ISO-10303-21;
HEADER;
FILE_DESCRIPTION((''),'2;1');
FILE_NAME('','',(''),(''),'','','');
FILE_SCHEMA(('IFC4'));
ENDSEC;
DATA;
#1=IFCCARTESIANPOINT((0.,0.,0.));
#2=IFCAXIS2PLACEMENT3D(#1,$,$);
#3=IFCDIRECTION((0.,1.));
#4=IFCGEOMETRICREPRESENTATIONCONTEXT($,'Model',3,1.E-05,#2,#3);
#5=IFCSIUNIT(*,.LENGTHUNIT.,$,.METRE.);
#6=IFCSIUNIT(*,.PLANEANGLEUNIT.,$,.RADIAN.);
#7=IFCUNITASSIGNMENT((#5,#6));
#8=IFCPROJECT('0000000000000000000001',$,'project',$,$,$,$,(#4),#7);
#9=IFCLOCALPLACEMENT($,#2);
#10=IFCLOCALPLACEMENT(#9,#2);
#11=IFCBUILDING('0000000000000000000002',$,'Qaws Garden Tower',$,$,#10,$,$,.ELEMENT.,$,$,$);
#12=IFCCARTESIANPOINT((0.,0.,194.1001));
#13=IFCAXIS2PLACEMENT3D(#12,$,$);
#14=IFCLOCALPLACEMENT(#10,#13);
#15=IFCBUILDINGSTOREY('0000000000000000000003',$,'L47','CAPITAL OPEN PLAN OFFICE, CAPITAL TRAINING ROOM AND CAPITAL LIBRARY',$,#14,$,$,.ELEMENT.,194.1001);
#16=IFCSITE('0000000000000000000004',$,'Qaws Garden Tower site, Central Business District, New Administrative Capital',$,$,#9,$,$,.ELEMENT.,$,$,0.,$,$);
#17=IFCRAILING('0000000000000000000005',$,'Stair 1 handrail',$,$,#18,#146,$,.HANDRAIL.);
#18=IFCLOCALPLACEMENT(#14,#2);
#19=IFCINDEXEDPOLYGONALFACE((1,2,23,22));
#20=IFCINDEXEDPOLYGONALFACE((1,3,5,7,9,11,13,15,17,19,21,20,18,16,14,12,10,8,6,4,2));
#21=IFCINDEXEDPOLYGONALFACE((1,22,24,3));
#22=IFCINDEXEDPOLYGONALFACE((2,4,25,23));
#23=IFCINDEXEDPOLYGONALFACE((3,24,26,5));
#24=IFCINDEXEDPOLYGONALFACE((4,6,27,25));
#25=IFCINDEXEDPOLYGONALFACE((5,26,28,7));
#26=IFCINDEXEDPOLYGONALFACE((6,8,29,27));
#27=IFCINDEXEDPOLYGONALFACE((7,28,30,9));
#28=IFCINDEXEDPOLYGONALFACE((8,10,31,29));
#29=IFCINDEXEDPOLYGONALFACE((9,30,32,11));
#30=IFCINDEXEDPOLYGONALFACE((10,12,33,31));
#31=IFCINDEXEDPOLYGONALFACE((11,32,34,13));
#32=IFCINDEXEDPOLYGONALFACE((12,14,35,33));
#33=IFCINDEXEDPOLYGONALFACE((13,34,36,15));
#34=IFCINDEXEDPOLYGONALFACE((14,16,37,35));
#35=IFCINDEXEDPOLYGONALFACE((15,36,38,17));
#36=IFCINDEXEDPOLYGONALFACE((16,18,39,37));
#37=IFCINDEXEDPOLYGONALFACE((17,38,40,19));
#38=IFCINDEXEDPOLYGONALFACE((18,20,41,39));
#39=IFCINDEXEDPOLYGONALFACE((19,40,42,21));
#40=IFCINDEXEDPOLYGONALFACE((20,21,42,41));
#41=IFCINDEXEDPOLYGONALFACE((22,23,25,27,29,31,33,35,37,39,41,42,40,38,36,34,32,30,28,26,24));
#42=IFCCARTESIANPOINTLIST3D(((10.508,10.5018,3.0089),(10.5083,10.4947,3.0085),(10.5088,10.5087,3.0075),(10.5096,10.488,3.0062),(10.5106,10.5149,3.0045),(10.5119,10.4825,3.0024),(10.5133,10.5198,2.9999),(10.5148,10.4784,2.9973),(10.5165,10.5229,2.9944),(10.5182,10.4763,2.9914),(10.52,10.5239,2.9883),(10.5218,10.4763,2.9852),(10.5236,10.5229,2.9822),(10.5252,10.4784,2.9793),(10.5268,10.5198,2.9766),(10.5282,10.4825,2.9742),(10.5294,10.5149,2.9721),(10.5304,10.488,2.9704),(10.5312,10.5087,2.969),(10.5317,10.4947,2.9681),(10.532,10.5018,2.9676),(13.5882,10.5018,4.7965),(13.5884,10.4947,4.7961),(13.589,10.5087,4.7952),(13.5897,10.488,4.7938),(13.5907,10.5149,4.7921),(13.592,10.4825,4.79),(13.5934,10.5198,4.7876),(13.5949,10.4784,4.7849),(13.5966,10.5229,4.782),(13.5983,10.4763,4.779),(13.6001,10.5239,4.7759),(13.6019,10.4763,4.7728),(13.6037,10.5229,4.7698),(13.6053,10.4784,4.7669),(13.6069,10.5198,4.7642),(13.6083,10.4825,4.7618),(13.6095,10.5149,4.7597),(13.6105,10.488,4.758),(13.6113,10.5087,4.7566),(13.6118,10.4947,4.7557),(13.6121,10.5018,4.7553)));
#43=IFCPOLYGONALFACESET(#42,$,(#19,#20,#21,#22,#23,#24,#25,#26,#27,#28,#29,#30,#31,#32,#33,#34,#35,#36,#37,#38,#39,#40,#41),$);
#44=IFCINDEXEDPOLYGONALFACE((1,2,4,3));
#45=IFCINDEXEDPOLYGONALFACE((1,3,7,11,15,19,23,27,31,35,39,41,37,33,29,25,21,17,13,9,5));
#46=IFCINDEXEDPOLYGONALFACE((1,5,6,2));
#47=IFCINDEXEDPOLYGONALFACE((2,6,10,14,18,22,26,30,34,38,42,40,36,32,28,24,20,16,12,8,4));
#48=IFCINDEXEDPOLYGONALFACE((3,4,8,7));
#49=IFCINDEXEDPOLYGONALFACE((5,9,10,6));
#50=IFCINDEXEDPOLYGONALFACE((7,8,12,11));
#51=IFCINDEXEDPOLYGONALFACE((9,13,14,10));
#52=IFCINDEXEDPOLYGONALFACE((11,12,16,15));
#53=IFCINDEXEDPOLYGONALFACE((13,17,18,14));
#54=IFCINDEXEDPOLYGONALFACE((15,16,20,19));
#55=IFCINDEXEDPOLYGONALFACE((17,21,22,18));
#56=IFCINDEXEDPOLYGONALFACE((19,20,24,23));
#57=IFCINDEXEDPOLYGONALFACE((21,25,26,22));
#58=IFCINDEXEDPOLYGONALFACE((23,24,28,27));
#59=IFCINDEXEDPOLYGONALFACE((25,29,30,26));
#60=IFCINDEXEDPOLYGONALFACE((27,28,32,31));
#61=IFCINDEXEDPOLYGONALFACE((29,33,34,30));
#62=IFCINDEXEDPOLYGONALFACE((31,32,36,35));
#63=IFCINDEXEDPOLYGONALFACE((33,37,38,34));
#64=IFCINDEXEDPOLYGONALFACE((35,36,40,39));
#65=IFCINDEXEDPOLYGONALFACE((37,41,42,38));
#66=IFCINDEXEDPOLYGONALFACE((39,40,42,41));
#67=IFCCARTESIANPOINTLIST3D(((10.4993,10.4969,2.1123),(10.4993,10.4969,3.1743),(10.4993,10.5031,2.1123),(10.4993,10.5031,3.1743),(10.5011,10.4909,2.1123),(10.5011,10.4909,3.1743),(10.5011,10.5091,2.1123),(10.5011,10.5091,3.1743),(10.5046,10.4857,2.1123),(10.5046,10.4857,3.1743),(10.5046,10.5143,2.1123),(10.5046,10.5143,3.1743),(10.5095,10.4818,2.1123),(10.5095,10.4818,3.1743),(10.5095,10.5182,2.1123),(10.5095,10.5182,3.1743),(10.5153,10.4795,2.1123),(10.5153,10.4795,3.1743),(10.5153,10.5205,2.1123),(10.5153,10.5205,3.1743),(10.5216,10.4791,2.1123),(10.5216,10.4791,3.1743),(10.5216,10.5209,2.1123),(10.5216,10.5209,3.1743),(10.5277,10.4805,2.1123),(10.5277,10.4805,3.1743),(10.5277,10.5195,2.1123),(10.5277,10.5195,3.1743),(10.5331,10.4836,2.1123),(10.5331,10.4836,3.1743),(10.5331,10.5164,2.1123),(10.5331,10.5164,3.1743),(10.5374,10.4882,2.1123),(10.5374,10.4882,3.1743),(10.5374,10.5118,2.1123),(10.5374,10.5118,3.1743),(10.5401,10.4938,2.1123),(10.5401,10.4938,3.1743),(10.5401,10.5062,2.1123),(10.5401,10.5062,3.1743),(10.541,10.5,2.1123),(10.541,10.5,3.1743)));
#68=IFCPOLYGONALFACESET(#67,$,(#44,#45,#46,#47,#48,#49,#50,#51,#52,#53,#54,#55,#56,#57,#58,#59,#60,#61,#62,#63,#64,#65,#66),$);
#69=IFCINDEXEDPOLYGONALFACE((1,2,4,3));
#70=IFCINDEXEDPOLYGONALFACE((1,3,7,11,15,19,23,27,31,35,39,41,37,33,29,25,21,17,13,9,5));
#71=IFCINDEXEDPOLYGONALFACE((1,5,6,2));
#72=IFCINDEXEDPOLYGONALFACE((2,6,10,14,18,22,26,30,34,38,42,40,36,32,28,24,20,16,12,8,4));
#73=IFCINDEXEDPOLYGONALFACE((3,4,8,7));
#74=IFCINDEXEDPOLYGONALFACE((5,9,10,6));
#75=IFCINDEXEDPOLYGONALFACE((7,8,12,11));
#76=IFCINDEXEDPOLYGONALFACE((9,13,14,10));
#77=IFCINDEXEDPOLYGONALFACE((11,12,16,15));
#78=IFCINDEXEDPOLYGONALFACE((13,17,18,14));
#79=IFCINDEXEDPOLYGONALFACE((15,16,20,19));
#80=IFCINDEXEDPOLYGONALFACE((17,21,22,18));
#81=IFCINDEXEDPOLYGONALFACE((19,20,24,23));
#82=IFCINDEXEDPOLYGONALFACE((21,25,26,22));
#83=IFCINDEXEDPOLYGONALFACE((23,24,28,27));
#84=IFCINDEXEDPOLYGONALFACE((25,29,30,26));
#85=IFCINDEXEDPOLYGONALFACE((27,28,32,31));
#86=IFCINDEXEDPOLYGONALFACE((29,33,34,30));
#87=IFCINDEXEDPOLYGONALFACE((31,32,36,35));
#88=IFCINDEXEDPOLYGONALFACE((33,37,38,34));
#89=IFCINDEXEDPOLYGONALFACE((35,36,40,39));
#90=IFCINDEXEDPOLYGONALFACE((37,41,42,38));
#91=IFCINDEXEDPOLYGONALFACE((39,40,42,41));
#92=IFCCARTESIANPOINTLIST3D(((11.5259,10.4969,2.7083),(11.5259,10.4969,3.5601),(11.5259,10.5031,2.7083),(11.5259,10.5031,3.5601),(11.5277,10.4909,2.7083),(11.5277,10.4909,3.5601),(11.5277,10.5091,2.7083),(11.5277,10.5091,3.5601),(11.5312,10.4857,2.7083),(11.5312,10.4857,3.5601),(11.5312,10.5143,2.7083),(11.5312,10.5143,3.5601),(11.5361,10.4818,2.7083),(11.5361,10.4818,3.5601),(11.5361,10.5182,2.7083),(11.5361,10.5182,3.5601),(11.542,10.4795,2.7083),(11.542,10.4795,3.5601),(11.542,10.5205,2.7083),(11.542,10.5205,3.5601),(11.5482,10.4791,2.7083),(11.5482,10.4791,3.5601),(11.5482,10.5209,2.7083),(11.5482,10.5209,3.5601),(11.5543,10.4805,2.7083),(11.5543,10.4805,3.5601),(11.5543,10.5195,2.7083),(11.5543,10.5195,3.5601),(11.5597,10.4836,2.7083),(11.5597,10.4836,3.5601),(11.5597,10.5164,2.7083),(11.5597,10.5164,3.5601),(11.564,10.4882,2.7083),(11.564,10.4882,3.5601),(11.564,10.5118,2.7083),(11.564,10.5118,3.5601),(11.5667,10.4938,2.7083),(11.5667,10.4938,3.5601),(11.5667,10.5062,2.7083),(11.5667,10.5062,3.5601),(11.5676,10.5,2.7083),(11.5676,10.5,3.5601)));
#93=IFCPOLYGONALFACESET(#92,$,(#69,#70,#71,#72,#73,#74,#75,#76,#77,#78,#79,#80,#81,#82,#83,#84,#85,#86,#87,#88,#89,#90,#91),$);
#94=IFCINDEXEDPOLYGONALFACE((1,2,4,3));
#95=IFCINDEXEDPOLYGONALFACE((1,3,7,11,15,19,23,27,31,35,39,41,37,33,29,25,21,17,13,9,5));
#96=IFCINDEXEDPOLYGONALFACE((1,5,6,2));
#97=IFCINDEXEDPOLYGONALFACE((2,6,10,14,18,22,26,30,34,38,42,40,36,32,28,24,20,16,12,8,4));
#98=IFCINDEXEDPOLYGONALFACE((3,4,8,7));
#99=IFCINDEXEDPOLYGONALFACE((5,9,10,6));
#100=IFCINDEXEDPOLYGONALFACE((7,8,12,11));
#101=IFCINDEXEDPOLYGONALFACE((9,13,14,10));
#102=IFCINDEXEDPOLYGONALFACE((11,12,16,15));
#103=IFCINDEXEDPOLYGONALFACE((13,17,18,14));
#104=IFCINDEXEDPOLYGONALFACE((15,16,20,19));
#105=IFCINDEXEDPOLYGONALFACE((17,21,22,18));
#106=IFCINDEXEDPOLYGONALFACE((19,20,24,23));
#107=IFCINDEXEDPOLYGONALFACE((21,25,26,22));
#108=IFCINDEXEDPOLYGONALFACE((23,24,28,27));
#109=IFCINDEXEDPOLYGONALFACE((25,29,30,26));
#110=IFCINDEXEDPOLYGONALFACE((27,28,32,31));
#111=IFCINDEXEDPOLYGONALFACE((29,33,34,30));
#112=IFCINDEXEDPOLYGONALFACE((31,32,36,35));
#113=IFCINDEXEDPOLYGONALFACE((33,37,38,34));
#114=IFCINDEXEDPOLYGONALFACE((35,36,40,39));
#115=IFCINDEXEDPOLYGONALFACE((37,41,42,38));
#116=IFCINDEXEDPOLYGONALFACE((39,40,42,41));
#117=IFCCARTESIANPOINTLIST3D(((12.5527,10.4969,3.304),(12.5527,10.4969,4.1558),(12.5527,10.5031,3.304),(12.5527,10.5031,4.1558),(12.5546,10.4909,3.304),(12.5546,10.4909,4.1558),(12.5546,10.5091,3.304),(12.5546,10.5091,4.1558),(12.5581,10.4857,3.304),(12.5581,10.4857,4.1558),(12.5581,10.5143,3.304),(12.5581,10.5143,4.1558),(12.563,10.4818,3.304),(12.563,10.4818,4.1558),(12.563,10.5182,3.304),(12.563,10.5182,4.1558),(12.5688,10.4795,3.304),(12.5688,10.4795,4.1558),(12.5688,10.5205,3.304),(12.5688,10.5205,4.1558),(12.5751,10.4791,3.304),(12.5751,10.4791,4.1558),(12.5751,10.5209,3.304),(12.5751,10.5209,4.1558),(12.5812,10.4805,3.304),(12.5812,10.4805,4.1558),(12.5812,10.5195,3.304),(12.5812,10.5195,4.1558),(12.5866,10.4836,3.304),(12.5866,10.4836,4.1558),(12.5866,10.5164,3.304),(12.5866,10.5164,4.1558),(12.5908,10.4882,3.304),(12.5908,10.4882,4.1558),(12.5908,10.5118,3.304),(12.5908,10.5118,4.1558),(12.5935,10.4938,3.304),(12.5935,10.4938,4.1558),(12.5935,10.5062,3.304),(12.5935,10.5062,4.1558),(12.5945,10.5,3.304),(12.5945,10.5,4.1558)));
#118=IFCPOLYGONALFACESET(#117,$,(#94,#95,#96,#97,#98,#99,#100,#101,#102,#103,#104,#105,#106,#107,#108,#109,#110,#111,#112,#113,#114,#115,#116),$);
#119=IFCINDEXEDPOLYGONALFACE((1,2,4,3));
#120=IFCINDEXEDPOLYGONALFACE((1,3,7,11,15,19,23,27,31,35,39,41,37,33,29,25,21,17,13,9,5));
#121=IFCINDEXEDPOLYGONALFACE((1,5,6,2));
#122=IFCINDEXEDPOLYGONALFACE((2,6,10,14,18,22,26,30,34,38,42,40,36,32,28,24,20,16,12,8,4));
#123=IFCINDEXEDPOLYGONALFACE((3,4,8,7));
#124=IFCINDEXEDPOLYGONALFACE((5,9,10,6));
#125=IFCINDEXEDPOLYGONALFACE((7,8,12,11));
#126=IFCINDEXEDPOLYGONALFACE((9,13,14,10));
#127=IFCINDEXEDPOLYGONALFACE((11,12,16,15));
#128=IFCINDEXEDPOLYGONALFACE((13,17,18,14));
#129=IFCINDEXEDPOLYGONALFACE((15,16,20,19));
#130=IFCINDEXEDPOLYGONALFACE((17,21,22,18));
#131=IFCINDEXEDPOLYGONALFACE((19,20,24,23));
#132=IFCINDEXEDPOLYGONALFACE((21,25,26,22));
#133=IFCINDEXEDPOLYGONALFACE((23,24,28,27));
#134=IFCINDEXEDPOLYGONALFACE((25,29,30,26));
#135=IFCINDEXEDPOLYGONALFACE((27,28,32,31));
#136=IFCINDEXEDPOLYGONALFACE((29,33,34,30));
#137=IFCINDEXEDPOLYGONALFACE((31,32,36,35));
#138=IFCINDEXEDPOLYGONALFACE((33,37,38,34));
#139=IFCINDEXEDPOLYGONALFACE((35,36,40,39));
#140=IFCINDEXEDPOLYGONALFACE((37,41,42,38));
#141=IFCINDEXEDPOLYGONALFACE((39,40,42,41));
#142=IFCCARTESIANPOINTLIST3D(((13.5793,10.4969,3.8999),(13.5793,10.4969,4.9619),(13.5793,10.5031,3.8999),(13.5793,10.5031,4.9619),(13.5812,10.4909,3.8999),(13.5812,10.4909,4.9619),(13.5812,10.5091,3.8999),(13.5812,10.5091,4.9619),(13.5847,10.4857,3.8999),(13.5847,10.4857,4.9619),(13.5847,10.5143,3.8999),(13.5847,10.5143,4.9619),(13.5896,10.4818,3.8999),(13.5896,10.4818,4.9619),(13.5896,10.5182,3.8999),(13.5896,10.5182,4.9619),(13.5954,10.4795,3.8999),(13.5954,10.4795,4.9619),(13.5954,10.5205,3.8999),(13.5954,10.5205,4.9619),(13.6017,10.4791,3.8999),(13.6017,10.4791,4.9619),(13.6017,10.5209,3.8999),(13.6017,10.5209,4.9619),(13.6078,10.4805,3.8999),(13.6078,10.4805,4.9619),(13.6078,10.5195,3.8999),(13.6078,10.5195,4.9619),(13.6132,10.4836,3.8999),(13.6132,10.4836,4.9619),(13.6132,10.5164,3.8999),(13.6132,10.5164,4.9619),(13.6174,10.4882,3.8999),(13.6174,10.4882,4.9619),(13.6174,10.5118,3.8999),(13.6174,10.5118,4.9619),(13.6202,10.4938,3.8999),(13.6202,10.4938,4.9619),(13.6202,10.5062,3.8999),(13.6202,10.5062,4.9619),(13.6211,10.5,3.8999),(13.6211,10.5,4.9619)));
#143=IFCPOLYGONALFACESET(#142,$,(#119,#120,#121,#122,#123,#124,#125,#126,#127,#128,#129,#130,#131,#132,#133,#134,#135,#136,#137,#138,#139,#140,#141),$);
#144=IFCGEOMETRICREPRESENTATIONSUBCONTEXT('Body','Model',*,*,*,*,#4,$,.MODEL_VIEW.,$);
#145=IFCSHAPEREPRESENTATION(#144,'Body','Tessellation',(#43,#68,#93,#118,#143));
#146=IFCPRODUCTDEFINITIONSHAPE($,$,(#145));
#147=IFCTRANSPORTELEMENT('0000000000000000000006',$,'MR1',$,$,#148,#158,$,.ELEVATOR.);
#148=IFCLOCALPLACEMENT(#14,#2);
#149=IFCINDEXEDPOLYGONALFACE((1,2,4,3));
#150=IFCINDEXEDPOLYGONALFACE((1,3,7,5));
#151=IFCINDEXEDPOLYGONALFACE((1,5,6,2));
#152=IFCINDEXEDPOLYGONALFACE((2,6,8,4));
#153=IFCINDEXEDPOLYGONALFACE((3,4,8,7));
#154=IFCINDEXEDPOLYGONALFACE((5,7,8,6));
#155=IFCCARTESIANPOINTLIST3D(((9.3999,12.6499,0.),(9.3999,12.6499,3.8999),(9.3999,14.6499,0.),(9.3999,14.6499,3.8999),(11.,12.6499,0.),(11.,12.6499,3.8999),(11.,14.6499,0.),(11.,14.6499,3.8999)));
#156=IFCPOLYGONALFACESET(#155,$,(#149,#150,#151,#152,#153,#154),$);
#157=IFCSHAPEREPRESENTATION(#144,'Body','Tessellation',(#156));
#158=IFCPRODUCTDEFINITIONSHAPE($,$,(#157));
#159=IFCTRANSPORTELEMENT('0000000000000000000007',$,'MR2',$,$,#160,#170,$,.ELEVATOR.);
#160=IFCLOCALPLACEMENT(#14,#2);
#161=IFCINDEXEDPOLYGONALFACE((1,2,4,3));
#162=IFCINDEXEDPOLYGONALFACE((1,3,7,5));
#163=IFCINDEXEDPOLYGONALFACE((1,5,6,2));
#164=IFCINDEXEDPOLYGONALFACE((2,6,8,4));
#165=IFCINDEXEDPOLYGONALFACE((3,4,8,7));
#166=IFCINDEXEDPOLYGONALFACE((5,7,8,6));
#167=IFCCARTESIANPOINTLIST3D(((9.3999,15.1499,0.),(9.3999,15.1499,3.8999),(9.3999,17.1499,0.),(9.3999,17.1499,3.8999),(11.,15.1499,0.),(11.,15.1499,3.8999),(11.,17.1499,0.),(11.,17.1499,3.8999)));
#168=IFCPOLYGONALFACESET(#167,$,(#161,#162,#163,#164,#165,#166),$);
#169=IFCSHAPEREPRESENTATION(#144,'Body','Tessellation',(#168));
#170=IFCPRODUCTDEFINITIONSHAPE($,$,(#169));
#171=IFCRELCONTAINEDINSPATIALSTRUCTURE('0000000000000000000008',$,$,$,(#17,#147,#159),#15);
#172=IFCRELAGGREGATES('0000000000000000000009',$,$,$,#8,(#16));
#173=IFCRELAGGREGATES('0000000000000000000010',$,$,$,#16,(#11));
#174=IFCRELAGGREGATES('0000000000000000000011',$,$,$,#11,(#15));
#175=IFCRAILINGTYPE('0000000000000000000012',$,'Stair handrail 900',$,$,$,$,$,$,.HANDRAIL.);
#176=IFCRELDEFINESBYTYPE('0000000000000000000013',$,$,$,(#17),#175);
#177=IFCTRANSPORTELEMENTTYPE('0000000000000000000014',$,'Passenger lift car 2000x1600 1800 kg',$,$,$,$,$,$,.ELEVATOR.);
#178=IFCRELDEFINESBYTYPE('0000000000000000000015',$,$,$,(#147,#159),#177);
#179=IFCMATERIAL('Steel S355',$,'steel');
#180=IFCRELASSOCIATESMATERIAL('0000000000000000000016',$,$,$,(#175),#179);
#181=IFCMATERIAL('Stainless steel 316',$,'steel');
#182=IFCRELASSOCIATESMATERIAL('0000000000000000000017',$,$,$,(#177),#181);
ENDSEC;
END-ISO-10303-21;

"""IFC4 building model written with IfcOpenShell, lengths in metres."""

from ifc_helpers import new_model, si_unit, direction, frame, origin, origin_2d, place, context, subcontext, project, spatial, rectangle, circle, extrude, material, type_object, element, save


model = new_model("IFC4")

# Units and contexts
model_context = context("Model", 3, precision=1e-05, world=origin(), true_north=direction((0.0, 1.0)))
body_context = subcontext(model_context, "Body", "Model", "MODEL_VIEW")
ifc_project = project(units=[si_unit("LENGTHUNIT", "METRE"), si_unit("PLANEANGLEUNIT", "RADIAN")], contexts=[model_context])

# Site, building, storey
site_placement = place(None, origin())
site = spatial("IfcSite", under=ifc_project, at=site_placement, Name="Qaws Garden Tower site, Central Business District, New Administrative Capital", CompositionType="ELEMENT", RefElevation=0.0)
building_placement = place(site_placement, origin())
building = spatial("IfcBuilding", under=site, at=building_placement, Name="Qaws Garden Tower", CompositionType="ELEMENT")
storey_placement = place(building_placement, frame((0.0, 0.0, 194.1001)))
storey = spatial("IfcBuildingStorey", under=building, at=storey_placement, Name="L47", Description="CAPITAL OPEN PLAN OFFICE, CAPITAL TRAINING ROOM AND CAPITAL LIBRARY", CompositionType="ELEMENT", Elevation=194.1001)

# Railing
ifc_material_1 = material(Name="Steel S355", Category="steel")
railing_type = type_object("IfcRailingType", Name="Stair handrail 900", PredefinedType="HANDRAIL", material=ifc_material_1)
railing_1_placement = place(storey_placement, frame((10.52, 10.5, 2.1123)))
element("IfcRailing", 1, at=railing_1_placement, inside=storey, type_object=railing_type, Name="Stair 1 handrail", PredefinedType="HANDRAIL", context=body_context, shape_type="SweptSolid", body=[
    extrude(circle(Radius=0.0239, at=origin_2d()), frame((0.0, 0.0, 0.876), z_axis=(0.864891, 0.0, 0.50196), x_axis=(0.0, 1.0, 0.0)), (0.0, 0.0, 1.0), 3.5613),
    extrude(circle(Radius=0.021, at=origin_2d()), origin(), (0.0, 0.0, 1.0), 1.062),
    extrude(circle(Radius=0.021, at=origin_2d()), frame((1.0266, 0.0, 0.5959)), (0.0, 0.0, 1.0), 0.8518),
    extrude(circle(Radius=0.021, at=origin_2d()), frame((2.0535, 0.0, 1.1917)), (0.0, 0.0, 1.0), 0.8518),
    extrude(circle(Radius=0.021, at=origin_2d()), frame((3.0801, 0.0, 1.7876)), (0.0, 0.0, 1.0), 1.062),
])

# Transport elements
ifc_material_2 = material(Name="Stainless steel 316", Category="steel")
transport_element_type = type_object("IfcTransportElementType", Name="Passenger lift car 2000x1600 1800 kg", PredefinedType="ELEVATOR", material=ifc_material_2)
for number, where, z_axis, x_axis, name in (
    (2, (10.2, 13.6499, 0.0), (0.0, 0.0, 1.0), (1.0, 0.0, 0.0), "MR1"),
    (3, (10.2, 16.1499, 0.0), (0.0, 0.0, 1.0), (1.0, 0.0, 0.0), "MR2"),
):
    element("IfcTransportElement", number, at=place(storey_placement, frame(where, z_axis=z_axis, x_axis=x_axis)), inside=storey, type_object=transport_element_type, Name=name, PredefinedType="ELEVATOR", context=body_context, shape_type="SweptSolid", body=[
        extrude(rectangle(XDim=1.6001, YDim=2.0, at=origin_2d()), origin(), (0.0, 0.0, 1.0), 3.8999),
    ])

save(model, "model.ifc")
